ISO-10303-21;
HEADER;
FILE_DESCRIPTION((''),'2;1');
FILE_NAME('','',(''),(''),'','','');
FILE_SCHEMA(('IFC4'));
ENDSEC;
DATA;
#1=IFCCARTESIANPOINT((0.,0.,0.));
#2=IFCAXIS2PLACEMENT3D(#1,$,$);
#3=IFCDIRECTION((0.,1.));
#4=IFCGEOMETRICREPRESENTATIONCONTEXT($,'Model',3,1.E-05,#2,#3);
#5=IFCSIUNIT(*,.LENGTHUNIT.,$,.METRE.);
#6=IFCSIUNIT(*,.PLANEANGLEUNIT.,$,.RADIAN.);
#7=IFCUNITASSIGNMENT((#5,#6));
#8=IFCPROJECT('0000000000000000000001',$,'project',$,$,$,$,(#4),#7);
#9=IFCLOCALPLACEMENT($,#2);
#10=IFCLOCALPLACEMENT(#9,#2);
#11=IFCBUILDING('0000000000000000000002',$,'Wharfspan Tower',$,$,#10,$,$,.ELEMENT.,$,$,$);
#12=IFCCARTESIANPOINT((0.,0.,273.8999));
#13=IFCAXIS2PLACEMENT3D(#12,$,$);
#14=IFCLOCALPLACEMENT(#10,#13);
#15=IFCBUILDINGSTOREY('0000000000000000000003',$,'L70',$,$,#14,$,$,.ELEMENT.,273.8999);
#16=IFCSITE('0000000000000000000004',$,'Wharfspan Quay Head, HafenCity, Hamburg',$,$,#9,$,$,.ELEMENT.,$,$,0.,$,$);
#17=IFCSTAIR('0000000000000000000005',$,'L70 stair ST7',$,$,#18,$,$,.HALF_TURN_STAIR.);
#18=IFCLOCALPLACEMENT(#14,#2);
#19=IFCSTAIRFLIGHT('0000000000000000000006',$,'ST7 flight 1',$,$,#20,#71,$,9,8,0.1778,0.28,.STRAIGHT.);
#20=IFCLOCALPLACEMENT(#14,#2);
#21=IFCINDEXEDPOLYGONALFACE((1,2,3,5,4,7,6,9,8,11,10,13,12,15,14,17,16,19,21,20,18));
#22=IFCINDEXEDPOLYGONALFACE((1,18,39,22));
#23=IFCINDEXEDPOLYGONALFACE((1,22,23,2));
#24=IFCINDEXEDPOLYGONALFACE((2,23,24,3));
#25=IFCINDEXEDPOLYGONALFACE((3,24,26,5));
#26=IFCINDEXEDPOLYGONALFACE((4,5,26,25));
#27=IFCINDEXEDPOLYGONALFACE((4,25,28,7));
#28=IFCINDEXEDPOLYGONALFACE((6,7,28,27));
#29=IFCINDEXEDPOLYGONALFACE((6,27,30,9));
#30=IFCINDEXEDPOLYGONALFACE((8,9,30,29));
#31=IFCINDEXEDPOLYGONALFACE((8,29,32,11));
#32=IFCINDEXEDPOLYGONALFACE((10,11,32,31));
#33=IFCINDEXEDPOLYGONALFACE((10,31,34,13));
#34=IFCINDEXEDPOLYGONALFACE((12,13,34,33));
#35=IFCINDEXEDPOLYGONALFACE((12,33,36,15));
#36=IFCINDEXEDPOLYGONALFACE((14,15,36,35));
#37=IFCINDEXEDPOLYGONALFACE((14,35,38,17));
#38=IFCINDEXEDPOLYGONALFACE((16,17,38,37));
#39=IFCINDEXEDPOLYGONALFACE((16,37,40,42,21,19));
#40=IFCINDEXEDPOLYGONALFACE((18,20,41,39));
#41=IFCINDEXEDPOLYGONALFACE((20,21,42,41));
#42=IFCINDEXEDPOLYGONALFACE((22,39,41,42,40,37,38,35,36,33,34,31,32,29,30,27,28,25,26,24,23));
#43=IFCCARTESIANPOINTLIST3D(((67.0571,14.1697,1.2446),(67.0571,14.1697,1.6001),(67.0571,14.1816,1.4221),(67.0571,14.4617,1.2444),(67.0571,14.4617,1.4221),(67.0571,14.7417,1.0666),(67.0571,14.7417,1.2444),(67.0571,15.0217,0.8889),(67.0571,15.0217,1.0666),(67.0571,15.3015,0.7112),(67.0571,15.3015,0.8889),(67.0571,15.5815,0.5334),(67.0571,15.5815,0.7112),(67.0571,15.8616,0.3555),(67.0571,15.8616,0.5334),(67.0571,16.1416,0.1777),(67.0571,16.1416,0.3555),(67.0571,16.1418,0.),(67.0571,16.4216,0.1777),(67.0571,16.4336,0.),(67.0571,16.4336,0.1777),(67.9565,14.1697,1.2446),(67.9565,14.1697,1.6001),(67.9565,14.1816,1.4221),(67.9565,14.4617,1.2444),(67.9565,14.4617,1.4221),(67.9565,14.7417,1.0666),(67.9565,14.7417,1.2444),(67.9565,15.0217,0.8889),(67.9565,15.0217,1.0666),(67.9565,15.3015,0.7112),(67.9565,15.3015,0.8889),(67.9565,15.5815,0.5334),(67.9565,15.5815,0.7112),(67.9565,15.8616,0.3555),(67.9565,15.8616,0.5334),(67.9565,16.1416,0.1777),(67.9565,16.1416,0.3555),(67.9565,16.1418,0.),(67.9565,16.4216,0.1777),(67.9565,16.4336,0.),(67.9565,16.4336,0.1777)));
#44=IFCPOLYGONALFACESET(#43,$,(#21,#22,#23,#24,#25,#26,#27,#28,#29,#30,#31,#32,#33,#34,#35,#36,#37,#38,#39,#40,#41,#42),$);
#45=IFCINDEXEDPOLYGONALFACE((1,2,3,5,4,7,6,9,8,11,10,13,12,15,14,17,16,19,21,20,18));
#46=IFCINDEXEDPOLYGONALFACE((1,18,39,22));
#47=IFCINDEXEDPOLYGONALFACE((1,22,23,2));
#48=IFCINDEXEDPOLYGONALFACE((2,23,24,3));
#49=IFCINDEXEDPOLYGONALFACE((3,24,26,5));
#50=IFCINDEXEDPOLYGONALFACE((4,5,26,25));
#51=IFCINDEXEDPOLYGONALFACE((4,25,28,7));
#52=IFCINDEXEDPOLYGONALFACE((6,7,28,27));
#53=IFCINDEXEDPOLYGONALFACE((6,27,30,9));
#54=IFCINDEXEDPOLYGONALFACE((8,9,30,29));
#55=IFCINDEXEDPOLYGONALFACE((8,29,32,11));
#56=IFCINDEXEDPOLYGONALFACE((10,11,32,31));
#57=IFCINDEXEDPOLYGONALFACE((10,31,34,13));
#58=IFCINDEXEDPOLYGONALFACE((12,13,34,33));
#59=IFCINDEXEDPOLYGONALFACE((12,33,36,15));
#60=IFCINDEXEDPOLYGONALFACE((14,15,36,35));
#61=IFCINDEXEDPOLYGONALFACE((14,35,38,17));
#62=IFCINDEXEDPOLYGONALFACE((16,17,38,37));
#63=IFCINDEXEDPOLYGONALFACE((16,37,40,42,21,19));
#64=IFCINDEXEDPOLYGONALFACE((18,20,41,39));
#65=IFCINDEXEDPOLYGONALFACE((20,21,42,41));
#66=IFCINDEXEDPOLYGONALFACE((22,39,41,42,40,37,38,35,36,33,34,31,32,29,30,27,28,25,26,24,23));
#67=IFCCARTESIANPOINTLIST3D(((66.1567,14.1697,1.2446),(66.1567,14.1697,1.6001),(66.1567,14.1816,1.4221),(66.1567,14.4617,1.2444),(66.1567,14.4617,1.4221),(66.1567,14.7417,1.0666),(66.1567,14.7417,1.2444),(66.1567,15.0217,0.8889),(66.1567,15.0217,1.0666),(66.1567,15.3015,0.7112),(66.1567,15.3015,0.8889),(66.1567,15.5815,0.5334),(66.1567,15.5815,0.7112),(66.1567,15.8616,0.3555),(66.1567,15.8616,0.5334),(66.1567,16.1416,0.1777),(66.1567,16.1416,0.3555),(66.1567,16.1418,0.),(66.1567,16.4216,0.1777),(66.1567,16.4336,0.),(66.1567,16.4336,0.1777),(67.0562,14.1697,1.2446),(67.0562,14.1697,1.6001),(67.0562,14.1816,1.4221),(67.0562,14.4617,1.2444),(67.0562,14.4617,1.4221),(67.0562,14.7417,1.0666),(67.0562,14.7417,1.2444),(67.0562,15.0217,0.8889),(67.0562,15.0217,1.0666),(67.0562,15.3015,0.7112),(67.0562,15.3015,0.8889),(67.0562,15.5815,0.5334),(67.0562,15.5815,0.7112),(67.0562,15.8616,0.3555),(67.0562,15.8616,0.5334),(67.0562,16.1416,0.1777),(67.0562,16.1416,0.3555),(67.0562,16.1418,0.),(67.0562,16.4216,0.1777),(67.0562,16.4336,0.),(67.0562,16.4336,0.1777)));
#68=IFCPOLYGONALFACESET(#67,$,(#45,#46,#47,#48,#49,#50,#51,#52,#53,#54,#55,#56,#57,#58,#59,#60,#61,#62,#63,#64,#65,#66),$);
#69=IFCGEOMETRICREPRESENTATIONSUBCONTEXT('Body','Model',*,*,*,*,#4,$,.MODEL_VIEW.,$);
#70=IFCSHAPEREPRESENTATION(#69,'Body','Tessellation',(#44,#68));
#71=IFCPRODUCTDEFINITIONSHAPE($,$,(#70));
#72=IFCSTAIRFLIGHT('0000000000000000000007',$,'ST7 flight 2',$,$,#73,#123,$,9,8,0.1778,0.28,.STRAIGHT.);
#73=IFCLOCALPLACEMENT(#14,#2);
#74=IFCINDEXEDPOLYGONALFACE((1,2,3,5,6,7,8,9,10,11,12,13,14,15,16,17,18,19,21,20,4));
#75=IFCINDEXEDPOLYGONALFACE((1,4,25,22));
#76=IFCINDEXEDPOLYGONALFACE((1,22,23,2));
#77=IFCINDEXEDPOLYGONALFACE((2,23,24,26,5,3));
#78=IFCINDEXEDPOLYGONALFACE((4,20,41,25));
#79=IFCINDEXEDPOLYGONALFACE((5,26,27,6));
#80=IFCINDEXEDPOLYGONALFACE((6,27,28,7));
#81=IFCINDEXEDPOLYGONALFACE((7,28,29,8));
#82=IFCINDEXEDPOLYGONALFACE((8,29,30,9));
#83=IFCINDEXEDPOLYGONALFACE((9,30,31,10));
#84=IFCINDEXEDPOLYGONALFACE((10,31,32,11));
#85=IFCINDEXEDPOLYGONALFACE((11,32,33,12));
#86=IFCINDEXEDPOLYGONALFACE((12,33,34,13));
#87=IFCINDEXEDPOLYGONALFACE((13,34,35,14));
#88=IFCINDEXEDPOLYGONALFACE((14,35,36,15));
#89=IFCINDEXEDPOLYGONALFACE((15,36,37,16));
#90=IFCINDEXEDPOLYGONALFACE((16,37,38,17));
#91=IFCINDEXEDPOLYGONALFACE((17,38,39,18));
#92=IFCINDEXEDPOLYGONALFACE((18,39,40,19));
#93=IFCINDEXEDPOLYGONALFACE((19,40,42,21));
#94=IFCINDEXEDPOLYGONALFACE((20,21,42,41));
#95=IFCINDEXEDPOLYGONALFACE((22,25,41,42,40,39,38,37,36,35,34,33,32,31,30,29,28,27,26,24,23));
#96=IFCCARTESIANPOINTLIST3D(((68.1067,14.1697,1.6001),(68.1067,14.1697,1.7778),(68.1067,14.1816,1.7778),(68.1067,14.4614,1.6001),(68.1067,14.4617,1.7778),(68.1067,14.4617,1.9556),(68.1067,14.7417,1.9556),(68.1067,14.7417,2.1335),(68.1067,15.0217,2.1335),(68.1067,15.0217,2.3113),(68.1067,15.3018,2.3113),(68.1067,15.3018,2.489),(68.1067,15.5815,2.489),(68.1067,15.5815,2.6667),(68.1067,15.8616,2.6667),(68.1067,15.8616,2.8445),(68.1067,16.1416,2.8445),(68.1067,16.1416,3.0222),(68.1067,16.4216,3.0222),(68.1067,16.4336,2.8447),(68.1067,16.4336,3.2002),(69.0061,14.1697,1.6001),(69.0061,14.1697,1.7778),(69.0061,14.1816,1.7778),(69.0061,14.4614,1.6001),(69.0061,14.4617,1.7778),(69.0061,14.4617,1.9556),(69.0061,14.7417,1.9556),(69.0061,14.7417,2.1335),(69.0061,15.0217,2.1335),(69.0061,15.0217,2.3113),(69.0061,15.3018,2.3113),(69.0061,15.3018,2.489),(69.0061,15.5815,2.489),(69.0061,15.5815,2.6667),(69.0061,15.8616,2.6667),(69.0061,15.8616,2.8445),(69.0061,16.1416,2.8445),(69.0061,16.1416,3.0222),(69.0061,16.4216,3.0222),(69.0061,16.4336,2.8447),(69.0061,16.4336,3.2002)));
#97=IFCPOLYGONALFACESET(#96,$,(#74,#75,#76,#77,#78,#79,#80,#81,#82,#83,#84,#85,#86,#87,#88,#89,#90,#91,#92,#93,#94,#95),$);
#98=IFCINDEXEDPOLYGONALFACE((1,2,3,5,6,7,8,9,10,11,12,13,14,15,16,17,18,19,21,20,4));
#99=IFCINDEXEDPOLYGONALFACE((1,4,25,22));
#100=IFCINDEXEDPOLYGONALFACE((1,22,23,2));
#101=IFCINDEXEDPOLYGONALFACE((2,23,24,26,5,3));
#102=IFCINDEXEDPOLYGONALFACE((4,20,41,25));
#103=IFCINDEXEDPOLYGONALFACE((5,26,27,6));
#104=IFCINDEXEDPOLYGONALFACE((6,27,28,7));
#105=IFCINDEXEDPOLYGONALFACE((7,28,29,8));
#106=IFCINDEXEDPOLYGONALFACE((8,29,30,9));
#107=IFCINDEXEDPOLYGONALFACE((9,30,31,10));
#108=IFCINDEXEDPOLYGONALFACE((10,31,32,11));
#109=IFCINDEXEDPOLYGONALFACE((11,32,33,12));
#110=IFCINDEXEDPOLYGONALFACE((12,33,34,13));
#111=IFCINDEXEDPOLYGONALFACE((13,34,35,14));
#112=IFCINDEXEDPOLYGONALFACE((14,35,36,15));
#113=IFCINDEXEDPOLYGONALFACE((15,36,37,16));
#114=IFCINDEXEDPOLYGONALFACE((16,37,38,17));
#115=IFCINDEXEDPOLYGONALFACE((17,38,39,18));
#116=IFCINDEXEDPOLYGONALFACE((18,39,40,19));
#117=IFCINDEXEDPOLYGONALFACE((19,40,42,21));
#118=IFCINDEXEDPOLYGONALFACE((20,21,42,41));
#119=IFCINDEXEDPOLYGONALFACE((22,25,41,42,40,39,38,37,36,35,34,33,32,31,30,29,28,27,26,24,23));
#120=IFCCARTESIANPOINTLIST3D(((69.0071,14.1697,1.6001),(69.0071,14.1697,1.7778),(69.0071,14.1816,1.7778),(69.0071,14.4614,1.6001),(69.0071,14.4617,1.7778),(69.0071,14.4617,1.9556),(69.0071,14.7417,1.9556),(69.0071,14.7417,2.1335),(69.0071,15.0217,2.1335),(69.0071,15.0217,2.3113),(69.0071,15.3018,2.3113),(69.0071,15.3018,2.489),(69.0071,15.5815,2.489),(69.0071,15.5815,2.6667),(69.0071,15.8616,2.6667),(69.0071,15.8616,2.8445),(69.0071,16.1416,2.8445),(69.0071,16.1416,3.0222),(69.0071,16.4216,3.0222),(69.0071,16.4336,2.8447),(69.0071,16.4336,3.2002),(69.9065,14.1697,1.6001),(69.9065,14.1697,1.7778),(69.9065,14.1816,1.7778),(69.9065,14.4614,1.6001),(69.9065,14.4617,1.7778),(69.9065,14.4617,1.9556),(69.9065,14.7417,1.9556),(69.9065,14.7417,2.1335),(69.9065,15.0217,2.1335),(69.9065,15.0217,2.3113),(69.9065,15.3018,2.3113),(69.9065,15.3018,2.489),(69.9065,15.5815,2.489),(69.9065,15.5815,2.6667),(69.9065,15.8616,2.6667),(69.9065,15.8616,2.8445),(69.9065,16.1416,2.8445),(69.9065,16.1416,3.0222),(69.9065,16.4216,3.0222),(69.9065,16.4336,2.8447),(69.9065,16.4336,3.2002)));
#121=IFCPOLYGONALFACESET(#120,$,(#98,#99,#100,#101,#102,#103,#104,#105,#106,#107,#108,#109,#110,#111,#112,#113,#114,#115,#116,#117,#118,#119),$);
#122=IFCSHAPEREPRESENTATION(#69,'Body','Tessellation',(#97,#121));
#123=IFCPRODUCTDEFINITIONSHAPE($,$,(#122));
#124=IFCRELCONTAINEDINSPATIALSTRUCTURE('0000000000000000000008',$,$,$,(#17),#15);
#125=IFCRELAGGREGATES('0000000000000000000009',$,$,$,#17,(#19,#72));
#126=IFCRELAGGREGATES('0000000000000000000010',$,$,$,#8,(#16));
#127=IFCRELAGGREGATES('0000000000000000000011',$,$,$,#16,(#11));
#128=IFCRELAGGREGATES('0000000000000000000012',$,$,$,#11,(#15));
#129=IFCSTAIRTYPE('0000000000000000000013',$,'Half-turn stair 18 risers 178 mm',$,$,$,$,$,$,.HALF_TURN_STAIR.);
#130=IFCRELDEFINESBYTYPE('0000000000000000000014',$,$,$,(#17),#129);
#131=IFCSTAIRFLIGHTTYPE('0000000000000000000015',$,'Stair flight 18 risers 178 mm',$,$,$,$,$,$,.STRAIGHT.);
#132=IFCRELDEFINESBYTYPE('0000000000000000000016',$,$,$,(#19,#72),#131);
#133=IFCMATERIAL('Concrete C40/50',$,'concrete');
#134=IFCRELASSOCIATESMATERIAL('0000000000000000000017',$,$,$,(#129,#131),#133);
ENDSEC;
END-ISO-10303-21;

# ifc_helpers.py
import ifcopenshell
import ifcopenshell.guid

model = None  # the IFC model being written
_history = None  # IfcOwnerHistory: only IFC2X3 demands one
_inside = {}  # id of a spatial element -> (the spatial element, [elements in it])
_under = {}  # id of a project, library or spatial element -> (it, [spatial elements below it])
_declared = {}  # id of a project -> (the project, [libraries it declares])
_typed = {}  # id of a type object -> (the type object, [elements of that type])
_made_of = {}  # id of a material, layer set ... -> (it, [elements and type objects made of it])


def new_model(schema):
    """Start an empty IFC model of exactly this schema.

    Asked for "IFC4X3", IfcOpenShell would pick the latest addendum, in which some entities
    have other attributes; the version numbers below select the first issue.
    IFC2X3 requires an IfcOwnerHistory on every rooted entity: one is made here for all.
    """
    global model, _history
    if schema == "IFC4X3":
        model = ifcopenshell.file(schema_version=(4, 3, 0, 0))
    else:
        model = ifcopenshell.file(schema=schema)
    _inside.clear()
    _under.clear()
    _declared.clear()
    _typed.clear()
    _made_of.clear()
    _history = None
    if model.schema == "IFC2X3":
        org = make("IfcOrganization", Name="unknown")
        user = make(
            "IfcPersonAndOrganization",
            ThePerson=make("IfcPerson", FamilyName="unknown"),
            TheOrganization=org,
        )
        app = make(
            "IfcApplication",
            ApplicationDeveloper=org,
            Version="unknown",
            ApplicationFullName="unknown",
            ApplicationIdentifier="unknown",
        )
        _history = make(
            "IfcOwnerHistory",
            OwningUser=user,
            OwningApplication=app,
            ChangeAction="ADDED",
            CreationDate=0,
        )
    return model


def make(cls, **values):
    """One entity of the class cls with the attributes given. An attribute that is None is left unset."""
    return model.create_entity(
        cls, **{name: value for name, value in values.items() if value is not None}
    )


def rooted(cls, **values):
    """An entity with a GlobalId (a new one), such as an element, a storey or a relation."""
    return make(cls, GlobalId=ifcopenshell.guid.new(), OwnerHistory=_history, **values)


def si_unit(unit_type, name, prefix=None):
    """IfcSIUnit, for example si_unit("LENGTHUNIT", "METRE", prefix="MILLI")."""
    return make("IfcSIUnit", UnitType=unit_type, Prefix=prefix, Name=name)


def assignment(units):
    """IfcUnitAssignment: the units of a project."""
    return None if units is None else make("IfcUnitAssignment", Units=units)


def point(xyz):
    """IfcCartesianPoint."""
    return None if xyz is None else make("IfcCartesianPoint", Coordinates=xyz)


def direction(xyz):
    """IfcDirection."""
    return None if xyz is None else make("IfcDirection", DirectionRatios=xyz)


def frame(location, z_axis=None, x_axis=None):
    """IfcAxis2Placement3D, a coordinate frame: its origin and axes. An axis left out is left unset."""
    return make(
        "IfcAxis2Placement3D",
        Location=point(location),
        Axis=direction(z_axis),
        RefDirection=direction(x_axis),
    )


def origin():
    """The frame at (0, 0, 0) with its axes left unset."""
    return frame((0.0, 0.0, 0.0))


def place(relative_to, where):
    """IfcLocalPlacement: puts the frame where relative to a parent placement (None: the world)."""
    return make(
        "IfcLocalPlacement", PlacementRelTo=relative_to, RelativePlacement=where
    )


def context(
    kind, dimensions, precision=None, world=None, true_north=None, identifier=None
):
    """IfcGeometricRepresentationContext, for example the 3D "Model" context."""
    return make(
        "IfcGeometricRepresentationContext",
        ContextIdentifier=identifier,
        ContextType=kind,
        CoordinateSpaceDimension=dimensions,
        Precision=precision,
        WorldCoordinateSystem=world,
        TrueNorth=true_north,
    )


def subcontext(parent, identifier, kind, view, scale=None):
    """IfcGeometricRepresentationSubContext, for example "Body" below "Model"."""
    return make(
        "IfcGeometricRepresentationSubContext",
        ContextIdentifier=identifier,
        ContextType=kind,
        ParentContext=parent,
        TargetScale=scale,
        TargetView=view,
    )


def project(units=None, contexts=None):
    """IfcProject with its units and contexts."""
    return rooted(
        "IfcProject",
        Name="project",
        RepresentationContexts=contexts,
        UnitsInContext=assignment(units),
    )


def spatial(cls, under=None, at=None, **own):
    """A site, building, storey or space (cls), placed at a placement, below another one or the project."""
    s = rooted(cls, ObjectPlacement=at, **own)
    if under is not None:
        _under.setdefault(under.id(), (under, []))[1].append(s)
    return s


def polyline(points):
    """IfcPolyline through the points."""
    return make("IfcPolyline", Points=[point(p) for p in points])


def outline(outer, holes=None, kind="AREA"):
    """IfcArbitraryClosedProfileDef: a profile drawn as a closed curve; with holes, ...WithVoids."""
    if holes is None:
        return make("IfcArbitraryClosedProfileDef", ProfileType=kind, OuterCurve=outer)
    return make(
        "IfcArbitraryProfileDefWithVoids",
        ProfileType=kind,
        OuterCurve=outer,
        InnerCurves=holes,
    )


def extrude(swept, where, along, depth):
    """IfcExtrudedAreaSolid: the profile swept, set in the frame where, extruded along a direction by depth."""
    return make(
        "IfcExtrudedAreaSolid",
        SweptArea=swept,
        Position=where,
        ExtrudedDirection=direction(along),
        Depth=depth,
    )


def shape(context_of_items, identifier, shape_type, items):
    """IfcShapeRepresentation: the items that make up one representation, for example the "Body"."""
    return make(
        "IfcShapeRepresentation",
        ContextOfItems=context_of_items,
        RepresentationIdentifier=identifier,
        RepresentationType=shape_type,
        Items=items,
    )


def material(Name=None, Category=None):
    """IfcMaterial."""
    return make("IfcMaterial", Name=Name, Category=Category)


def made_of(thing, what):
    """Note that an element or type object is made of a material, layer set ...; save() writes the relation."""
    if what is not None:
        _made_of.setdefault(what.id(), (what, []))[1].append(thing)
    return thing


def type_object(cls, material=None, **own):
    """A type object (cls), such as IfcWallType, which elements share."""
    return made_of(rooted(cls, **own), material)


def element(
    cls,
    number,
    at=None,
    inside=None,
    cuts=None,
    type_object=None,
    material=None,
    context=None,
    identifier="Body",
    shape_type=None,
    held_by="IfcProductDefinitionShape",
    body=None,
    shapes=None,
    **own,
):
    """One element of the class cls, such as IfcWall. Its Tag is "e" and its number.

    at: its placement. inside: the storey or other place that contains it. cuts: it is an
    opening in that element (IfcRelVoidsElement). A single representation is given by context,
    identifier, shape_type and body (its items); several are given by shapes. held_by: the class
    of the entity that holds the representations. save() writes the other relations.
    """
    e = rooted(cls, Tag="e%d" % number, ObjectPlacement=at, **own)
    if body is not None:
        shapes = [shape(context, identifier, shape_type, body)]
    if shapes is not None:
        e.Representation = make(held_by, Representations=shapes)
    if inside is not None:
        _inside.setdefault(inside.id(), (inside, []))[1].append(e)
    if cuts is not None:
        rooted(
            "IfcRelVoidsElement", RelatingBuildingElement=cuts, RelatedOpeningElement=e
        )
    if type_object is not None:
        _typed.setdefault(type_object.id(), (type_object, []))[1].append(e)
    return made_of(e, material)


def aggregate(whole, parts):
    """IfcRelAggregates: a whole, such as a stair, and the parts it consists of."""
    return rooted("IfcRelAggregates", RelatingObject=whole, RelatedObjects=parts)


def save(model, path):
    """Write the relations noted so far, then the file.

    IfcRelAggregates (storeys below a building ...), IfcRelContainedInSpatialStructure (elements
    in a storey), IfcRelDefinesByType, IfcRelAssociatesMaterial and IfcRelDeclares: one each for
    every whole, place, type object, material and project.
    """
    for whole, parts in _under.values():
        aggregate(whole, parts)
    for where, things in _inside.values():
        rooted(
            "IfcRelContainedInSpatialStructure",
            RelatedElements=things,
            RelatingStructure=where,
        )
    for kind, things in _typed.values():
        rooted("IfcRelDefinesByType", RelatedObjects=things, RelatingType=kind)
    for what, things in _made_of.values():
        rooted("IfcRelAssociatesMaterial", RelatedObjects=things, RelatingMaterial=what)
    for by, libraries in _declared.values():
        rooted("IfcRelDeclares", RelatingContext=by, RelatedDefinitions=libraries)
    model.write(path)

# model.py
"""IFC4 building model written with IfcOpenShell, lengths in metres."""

from ifc_helpers import new_model, si_unit, direction, frame, origin, place, context, subcontext, project, spatial, polyline, outline, extrude, material, type_object, element, aggregate, save


model = new_model("IFC4")

# Units and contexts
model_context = context("Model", 3, precision=1e-05, world=origin(), true_north=direction((0.0, 1.0)))
body_context = subcontext(model_context, "Body", "Model", "MODEL_VIEW")
ifc_project = project(units=[si_unit("LENGTHUNIT", "METRE"), si_unit("PLANEANGLEUNIT", "RADIAN")], contexts=[model_context])

# Site, building, storey
site_placement = place(None, origin())
site = spatial("IfcSite", under=ifc_project, at=site_placement, Name="Wharfspan Quay Head, HafenCity, Hamburg", CompositionType="ELEMENT", RefElevation=0.0)
building_placement = place(site_placement, origin())
building = spatial("IfcBuilding", under=site, at=building_placement, Name="Wharfspan Tower", CompositionType="ELEMENT")
storey_placement = place(building_placement, frame((0.0, 0.0, 273.8999)))
storey = spatial("IfcBuildingStorey", under=building, at=storey_placement, Name="L70", CompositionType="ELEMENT", Elevation=273.8999)

# Shared definitions
ifc_material_1 = material(Name="Concrete C40/50", Category="concrete")

# Stair, stair flights
stair_type = type_object("IfcStairType", Name="Half-turn stair 18 risers 178 mm", PredefinedType="HALF_TURN_STAIR", material=ifc_material_1)
stair_placement = place(storey_placement, origin())
stair = element("IfcStair", 1, at=stair_placement, inside=storey, type_object=stair_type, Name="L70 stair ST7", PredefinedType="HALF_TURN_STAIR")
stair_flight_type = type_object("IfcStairFlightType", Name="Stair flight 18 risers 178 mm", PredefinedType="STRAIGHT", material=ifc_material_1)
stair_flight_1_placement = place(storey_placement, frame((67.0566, 16.4216, 0.0), z_axis=(0.0, 0.0, 1.0), x_axis=(0.0, -1.0, 0.0)))
stair_flight_1 = element("IfcStairFlight", 2, at=stair_flight_1_placement, type_object=stair_flight_type, Name="ST7 flight 1", NumberOfRisers=9, NumberOfTreads=8, PredefinedType="STRAIGHT", RiserHeight=0.1778, TreadLength=0.28, context=body_context, shape_type="SweptSolid", body=[
    extrude(outline(polyline([(-0.012, 0.0), (-0.012, 0.1777), (0.0, 0.1777), (0.28, 0.1777), (0.28, 0.3555), (0.5601, 0.3555), (0.5601, 0.5334), (0.8401, 0.5334), (0.8401, 0.7112), (1.1201, 0.7112), (1.1201, 0.8889), (1.3999, 0.8889), (1.3999, 1.0667), (1.6799, 1.0667), (1.6799, 1.2444), (1.96, 1.2444), (1.96, 1.4221), (2.24, 1.4221), (2.252, 1.6001), (2.252, 1.2446), (0.2798, 0.0), (-0.012, 0.0)])), frame((0.0, 0.8999, 0.0), z_axis=(0.0, -1.0, 0.0), x_axis=(1.0, 0.0, 0.0)), (0.0, 0.0, 1.0), 0.8994),
    extrude(outline(polyline([(-0.012, 0.0), (-0.012, 0.1777), (0.0, 0.1777), (0.28, 0.1777), (0.28, 0.3555), (0.5601, 0.3555), (0.5601, 0.5334), (0.8401, 0.5334), (0.8401, 0.7112), (1.1201, 0.7112), (1.1201, 0.8889), (1.3999, 0.8889), (1.3999, 1.0667), (1.6799, 1.0667), (1.6799, 1.2444), (1.96, 1.2444), (1.96, 1.4221), (2.24, 1.4221), (2.252, 1.6001), (2.252, 1.2446), (0.2798, 0.0), (-0.012, 0.0)])), frame((0.0, -0.0005, 0.0), z_axis=(0.0, -1.0, 0.0), x_axis=(1.0, 0.0, 0.0)), (0.0, 0.0, 1.0), 0.8994),
])
stair_flight_2_placement = place(storey_placement, frame((69.0066, 14.1816, 1.6001), z_axis=(0.0, 0.0, 1.0), x_axis=(0.0, 1.0, 0.0)))
stair_flight_2 = element("IfcStairFlight", 3, at=stair_flight_2_placement, type_object=stair_flight_type, Name="ST7 flight 2", NumberOfRisers=9, NumberOfTreads=8, PredefinedType="STRAIGHT", RiserHeight=0.1778, TreadLength=0.28, context=body_context, shape_type="SweptSolid", body=[
    extrude(outline(polyline([(-0.012, 0.0), (-0.012, 0.1777), (0.0, 0.1777), (0.28, 0.1777), (0.28, 0.3555), (0.5601, 0.3555), (0.5601, 0.5334), (0.8401, 0.5334), (0.8401, 0.7112), (1.1201, 0.7112), (1.1201, 0.8889), (1.3999, 0.8889), (1.3999, 1.0667), (1.6799, 1.0667), (1.6799, 1.2444), (1.96, 1.2444), (1.96, 1.4221), (2.24, 1.4221), (2.252, 1.6001), (2.252, 1.2446), (0.2798, 0.0), (-0.012, 0.0)])), frame((0.0, 0.8999, 0.0), z_axis=(0.0, -1.0, 0.0), x_axis=(1.0, 0.0, 0.0)), (0.0, 0.0, 1.0), 0.8994),
    extrude(outline(polyline([(-0.012, 0.0), (-0.012, 0.1777), (0.0, 0.1777), (0.28, 0.1777), (0.28, 0.3555), (0.5601, 0.3555), (0.5601, 0.5334), (0.8401, 0.5334), (0.8401, 0.7112), (1.1201, 0.7112), (1.1201, 0.8889), (1.3999, 0.8889), (1.3999, 1.0667), (1.6799, 1.0667), (1.6799, 1.2444), (1.96, 1.2444), (1.96, 1.4221), (2.24, 1.4221), (2.252, 1.6001), (2.252, 1.2446), (0.2798, 0.0), (-0.012, 0.0)])), frame((0.0, -0.0005, 0.0), z_axis=(0.0, -1.0, 0.0), x_axis=(1.0, 0.0, 0.0)), (0.0, 0.0, 1.0), 0.8994),
])
aggregate(stair, [stair_flight_1, stair_flight_2])

save(model, "model.ifc")
